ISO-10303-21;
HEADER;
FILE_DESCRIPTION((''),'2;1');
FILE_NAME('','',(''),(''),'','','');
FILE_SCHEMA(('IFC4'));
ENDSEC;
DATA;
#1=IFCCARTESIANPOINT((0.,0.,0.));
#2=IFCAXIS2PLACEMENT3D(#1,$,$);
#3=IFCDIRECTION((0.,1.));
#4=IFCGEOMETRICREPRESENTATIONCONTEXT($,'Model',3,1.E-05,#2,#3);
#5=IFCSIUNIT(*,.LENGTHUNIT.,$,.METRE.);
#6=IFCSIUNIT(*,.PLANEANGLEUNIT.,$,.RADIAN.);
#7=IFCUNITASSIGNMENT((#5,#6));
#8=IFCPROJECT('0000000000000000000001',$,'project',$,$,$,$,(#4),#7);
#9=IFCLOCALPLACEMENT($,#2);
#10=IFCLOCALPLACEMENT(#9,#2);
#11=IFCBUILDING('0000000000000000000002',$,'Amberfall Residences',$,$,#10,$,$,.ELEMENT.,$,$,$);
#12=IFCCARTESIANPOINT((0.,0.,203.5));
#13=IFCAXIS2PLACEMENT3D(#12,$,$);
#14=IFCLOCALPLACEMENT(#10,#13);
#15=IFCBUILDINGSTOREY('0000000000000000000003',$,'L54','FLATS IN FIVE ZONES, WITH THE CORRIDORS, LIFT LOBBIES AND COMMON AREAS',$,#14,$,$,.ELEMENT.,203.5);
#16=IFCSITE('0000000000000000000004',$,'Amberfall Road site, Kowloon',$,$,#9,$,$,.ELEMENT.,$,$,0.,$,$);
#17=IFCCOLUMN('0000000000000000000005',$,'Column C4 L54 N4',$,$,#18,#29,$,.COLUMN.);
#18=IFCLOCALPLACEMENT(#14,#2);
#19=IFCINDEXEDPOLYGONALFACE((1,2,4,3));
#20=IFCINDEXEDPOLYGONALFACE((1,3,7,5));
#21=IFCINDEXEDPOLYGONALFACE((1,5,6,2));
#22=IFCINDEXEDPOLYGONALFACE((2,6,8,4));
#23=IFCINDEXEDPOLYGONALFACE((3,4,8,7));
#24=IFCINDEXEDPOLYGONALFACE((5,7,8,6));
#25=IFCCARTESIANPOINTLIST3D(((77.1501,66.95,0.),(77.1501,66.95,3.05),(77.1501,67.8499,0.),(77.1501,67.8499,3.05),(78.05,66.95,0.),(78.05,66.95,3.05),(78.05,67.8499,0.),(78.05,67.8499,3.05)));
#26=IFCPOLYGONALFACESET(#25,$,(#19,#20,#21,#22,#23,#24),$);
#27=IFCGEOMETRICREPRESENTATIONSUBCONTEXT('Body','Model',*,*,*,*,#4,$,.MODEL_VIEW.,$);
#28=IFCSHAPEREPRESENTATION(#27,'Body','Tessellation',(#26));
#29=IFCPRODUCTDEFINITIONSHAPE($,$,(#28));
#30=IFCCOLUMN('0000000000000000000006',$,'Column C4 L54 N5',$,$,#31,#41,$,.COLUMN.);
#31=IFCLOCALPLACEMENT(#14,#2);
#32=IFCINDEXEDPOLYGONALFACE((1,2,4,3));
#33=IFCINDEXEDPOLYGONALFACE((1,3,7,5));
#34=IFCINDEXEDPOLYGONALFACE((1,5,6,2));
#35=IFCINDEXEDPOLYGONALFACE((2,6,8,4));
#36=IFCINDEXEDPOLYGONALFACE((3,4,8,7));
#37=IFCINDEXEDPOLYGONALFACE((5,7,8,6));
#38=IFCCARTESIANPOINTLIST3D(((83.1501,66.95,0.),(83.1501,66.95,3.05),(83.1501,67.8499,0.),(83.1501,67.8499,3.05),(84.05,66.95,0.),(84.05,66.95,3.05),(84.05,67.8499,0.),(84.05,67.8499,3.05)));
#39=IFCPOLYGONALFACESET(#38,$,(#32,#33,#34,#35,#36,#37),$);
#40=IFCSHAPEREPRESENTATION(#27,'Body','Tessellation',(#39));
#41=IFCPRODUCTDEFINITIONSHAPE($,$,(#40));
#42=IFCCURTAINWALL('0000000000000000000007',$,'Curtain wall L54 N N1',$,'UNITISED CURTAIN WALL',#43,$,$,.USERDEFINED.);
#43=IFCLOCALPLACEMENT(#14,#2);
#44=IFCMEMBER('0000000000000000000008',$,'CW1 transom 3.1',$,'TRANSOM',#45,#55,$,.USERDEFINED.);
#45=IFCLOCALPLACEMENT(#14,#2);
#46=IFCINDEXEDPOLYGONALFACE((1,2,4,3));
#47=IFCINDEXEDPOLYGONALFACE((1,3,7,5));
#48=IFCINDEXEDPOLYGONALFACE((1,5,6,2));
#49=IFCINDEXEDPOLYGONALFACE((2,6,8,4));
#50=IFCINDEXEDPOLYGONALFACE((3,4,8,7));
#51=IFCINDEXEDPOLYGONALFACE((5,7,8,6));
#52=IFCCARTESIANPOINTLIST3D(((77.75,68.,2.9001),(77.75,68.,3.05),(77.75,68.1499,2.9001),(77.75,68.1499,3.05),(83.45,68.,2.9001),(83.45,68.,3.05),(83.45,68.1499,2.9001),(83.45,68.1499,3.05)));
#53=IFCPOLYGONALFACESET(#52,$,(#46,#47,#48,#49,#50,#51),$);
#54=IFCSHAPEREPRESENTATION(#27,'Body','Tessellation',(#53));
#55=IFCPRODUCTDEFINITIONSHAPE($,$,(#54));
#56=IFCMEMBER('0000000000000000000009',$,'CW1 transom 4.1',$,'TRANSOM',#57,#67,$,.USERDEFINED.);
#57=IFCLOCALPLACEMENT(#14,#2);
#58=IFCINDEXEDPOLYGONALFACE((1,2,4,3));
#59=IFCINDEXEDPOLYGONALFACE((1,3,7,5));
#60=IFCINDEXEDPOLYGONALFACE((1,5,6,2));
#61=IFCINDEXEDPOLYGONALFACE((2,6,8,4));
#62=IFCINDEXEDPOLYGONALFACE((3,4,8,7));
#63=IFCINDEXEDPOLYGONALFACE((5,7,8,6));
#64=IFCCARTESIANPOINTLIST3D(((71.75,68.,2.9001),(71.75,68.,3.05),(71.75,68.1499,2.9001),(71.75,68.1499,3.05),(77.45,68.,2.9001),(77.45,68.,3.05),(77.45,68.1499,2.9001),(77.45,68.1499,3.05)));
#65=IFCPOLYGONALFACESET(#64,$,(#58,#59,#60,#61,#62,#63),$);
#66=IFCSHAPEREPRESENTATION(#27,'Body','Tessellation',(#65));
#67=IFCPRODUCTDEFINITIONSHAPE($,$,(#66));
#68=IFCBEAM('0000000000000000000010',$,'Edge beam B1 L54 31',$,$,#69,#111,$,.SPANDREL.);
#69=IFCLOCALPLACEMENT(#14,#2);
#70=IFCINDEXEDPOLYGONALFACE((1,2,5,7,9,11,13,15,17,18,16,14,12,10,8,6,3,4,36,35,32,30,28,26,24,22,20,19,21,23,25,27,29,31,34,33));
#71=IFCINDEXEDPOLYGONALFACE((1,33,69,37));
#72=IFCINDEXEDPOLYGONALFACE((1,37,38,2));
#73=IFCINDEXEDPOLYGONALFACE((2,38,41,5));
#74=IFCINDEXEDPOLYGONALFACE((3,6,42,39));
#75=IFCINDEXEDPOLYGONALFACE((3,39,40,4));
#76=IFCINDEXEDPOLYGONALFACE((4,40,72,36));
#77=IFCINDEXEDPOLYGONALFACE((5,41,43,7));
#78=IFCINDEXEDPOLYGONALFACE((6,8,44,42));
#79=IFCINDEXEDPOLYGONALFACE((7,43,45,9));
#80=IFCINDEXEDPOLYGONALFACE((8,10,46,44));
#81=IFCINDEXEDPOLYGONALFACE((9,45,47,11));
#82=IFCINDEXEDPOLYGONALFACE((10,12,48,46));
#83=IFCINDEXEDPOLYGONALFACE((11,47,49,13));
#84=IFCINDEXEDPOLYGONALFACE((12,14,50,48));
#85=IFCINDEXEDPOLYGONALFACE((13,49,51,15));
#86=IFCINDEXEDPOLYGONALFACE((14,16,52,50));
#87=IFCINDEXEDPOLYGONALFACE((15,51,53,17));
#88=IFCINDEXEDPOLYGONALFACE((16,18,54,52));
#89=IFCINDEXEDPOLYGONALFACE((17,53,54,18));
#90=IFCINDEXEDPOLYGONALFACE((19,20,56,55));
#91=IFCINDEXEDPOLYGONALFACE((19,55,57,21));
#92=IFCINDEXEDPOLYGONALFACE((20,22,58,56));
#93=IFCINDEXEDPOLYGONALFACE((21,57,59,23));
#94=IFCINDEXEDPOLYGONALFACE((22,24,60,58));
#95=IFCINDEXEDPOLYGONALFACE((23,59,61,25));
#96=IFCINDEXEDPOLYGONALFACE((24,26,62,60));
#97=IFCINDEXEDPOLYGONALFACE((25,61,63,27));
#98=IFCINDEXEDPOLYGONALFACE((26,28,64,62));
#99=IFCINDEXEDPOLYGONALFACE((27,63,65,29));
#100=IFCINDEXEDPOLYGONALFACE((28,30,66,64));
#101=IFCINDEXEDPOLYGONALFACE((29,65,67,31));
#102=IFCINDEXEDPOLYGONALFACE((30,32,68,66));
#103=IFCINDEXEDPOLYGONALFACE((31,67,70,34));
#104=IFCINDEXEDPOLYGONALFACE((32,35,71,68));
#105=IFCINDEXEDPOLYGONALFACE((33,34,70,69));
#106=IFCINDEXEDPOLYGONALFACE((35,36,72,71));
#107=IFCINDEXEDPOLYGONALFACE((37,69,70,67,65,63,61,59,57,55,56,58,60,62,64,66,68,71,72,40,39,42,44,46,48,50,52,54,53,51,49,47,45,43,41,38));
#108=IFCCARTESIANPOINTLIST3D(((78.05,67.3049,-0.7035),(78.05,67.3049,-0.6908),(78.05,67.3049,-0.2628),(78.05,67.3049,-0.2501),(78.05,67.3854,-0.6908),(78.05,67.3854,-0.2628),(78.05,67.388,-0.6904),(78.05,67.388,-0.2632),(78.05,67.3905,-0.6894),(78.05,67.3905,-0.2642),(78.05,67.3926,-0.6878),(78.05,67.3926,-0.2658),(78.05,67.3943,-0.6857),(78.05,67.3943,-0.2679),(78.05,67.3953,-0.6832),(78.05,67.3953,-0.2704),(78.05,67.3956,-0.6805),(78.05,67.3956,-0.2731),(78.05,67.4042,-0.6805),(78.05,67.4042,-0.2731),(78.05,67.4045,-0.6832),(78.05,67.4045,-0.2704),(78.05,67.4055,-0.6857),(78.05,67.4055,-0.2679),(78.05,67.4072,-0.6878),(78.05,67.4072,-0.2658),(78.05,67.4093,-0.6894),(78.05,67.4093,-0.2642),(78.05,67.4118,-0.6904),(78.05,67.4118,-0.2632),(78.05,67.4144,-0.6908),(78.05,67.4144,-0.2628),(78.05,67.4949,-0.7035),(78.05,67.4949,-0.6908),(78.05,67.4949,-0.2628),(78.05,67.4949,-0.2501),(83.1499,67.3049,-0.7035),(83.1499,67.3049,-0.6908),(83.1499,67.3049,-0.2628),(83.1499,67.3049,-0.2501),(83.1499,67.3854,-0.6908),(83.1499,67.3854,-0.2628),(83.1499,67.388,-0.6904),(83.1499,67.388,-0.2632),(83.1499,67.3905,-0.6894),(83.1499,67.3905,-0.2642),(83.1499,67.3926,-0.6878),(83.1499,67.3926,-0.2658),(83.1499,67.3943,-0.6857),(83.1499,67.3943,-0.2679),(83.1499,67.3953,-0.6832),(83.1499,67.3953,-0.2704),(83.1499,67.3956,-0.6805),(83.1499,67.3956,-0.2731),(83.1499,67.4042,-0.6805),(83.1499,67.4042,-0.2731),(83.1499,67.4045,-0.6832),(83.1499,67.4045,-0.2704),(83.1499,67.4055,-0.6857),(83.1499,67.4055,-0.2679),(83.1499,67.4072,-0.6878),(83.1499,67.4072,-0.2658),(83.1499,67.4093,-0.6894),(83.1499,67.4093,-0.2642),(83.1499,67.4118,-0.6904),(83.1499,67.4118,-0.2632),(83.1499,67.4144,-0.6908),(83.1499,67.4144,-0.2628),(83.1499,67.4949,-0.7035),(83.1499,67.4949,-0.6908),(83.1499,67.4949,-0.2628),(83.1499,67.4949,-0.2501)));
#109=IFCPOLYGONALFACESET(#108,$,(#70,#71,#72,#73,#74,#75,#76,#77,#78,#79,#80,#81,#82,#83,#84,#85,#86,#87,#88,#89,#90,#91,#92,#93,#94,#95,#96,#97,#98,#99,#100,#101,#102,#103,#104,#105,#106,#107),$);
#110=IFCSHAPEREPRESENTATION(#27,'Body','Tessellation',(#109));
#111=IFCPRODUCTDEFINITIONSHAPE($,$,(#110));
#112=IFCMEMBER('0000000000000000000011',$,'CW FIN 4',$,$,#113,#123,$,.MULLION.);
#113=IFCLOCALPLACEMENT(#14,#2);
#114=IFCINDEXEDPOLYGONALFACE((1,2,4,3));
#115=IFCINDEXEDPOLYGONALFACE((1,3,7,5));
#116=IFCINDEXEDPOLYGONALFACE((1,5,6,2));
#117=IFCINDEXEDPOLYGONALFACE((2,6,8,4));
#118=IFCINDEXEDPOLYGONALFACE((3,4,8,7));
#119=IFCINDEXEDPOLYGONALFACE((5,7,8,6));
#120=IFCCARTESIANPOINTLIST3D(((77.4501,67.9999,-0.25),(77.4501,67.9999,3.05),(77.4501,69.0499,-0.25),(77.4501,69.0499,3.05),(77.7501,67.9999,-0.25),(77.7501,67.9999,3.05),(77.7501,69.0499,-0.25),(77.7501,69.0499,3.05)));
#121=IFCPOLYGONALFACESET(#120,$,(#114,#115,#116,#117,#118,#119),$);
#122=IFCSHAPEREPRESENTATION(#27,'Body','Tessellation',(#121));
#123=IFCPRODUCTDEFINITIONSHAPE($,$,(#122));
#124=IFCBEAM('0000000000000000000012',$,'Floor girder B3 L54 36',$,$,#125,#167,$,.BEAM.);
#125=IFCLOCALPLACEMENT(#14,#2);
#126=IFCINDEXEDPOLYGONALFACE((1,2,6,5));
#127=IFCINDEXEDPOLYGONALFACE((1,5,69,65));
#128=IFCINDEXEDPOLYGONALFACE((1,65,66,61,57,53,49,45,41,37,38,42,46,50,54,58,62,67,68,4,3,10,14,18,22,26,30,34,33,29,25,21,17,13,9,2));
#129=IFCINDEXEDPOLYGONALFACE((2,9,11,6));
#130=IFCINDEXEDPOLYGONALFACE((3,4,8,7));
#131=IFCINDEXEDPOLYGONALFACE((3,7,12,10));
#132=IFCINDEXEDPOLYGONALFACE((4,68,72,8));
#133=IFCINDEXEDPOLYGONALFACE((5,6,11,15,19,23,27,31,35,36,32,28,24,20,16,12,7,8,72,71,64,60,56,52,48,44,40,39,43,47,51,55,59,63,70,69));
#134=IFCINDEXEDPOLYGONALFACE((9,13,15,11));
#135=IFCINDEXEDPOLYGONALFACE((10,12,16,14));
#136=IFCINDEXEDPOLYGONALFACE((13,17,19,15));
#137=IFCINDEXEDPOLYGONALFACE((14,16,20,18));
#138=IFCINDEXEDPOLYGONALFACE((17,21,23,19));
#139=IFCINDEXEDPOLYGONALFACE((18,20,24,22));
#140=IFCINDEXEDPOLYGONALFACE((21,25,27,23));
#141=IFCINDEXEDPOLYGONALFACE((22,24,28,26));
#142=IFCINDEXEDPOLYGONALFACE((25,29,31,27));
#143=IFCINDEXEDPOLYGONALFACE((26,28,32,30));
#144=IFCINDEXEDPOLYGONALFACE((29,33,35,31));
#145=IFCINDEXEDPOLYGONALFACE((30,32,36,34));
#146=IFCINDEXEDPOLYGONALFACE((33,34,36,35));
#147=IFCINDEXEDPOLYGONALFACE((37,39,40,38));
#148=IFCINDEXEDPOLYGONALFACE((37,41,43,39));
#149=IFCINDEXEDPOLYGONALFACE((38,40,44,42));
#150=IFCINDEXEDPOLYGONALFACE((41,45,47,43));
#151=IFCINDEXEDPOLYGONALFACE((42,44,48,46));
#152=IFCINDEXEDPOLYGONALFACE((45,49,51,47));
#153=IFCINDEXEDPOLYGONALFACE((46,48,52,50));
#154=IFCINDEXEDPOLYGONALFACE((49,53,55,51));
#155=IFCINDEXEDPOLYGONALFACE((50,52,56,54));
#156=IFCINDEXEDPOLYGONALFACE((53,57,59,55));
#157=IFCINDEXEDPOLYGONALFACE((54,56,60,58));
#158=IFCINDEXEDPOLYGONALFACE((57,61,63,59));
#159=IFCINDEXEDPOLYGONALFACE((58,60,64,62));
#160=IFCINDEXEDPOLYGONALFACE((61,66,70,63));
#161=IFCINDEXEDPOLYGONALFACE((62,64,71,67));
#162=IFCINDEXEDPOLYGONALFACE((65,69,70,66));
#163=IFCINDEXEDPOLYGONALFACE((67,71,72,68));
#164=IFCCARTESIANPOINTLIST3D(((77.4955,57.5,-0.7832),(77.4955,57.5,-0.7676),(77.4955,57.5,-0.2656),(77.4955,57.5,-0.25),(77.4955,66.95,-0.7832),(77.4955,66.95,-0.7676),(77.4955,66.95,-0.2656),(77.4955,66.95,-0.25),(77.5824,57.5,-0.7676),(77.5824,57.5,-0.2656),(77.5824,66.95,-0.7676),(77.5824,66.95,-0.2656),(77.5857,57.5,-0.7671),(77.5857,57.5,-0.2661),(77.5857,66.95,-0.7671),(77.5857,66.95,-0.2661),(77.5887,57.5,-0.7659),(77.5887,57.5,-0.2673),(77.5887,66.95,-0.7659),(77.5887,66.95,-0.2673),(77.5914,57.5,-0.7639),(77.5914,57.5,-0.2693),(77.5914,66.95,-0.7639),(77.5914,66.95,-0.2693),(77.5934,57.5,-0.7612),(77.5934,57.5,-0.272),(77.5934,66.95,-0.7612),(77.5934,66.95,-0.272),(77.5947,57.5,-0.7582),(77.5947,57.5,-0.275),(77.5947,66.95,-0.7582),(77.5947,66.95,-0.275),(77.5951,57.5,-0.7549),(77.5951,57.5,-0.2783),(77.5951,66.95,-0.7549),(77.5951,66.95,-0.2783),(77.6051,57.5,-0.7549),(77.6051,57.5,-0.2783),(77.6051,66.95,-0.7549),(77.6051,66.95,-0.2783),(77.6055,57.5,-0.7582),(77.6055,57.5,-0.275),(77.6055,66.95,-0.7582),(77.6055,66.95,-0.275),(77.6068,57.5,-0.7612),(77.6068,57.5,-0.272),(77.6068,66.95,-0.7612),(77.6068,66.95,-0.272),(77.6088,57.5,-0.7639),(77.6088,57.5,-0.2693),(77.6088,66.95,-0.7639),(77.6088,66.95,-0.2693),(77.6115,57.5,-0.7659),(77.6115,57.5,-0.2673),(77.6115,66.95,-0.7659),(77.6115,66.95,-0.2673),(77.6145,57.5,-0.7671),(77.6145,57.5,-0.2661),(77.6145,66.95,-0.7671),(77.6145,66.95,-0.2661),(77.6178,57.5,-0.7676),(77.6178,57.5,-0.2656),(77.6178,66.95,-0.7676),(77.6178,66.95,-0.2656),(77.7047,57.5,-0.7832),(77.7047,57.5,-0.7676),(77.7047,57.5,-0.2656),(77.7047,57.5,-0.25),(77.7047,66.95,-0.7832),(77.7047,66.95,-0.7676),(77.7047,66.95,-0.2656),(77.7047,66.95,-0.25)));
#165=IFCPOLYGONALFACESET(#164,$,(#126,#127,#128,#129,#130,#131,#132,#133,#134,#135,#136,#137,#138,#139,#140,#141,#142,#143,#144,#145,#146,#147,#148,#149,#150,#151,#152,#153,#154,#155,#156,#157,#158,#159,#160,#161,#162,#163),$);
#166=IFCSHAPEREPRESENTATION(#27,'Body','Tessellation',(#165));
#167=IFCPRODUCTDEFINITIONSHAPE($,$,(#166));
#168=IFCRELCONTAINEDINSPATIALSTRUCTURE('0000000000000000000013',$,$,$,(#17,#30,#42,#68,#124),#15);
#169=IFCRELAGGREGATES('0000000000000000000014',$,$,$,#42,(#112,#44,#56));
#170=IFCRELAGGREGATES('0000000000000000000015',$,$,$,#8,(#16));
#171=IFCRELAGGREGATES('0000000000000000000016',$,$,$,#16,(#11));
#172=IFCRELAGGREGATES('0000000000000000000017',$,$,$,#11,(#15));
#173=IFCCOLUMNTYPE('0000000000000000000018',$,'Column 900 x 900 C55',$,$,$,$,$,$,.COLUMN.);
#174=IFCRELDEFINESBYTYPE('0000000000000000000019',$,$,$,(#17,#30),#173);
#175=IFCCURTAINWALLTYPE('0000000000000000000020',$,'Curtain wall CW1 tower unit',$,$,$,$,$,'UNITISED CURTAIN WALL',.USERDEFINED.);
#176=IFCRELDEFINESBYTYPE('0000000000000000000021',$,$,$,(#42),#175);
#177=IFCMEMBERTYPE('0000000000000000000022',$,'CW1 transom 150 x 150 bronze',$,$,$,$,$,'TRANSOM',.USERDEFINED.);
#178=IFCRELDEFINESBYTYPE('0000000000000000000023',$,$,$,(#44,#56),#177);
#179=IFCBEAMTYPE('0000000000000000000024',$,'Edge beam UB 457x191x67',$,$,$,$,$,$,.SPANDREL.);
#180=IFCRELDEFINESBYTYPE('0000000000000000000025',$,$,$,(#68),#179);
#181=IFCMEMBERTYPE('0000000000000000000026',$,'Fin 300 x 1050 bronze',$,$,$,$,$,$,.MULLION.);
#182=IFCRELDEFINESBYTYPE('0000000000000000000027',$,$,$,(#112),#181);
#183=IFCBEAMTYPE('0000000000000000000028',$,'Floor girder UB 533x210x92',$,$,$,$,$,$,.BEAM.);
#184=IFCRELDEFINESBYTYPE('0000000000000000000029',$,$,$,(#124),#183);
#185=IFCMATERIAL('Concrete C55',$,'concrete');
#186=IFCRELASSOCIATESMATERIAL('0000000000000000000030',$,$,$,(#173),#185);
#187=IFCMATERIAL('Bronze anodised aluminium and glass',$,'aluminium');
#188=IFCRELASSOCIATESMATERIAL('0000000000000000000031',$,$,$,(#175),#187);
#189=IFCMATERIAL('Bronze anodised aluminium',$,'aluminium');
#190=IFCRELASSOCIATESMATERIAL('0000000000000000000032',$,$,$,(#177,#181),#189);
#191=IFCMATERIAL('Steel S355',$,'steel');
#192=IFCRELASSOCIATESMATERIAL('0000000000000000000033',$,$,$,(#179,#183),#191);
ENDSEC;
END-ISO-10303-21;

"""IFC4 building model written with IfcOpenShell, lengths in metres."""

from ifc_helpers import new_model, si_unit, direction, frame, origin, origin_2d, place, context, subcontext, project, spatial, rectangle, i_section, extrude, material, material_profile, profile_set, type_object, element, aggregate, save


model = new_model("IFC4")

# Units and contexts
model_context = context("Model", 3, precision=1e-05, world=origin(), true_north=direction((0.0, 1.0)))
body_context = subcontext(model_context, "Body", "Model", "MODEL_VIEW")
ifc_project = project(units=[si_unit("LENGTHUNIT", "METRE"), si_unit("PLANEANGLEUNIT", "RADIAN")], contexts=[model_context])

# Site, building, storey
site_placement = place(None, origin())
site = spatial("IfcSite", under=ifc_project, at=site_placement, Name="Amberfall Road site, Kowloon", CompositionType="ELEMENT", RefElevation=0.0)
building_placement = place(site_placement, origin())
building = spatial("IfcBuilding", under=site, at=building_placement, Name="Amberfall Residences", CompositionType="ELEMENT")
storey_placement = place(building_placement, frame((0.0, 0.0, 203.5)))
storey = spatial("IfcBuildingStorey", under=building, at=storey_placement, Name="L54", Description="FLATS IN FIVE ZONES, WITH THE CORRIDORS, LIFT LOBBIES AND COMMON AREAS", CompositionType="ELEMENT", Elevation=203.5)

# Columns
ifc_material_1 = material(Name="Concrete C55", Category="concrete")
ifc_material_profile_1 = material_profile(ifc_material_1, rectangle(XDim=0.8999, YDim=0.8999, at=origin_2d()), Name="Column 900 x 900 C55")
ifc_profile_set_1 = profile_set([ifc_material_profile_1], Name="Concrete C55")
column_type = type_object("IfcColumnType", Name="Column 900 x 900 C55", PredefinedType="COLUMN", material=ifc_profile_set_1)
for number, where, z_axis, x_axis, name in (
    (1, (77.6001, 67.3999, 0.0), (0.0, 0.0, 1.0), (1.0, 0.0, 0.0), "Column C4 L54 N4"),
    (2, (83.6001, 67.3999, 0.0), (0.0, 0.0, 1.0), (1.0, 0.0, 0.0), "Column C4 L54 N5"),
):
    element("IfcColumn", number, at=place(storey_placement, frame(where, z_axis=z_axis, x_axis=x_axis)), inside=storey, type_object=column_type, Name=name, PredefinedType="COLUMN", context=body_context, shape_type="SweptSolid", body=[
        extrude(rectangle(XDim=0.8999, YDim=0.8999, at=origin_2d()), origin(), (0.0, 0.0, 1.0), 3.05),
    ])

# Curtain wall, members
ifc_material_2 = material(Name="Bronze anodised aluminium and glass", Category="aluminium")
curtain_wall_type = type_object("IfcCurtainWallType", Name="Curtain wall CW1 tower unit", ElementType="UNITISED CURTAIN WALL", PredefinedType="USERDEFINED", material=ifc_material_2)
curtain_wall_placement = place(storey_placement, origin())
curtain_wall = element("IfcCurtainWall", 3, at=curtain_wall_placement, inside=storey, type_object=curtain_wall_type, Name="Curtain wall L54 N N1", ObjectType="UNITISED CURTAIN WALL", PredefinedType="USERDEFINED")
ifc_material_3 = material(Name="Bronze anodised aluminium", Category="aluminium")
ifc_material_profile_2 = material_profile(ifc_material_3, rectangle(XDim=0.1499, YDim=0.1499, at=origin_2d()), Name="CW1 transom 150 x 150 bronze")
ifc_profile_set_2 = profile_set([ifc_material_profile_2], Name="Bronze anodised aluminium")
member_type_1 = type_object("IfcMemberType", Name="CW1 transom 150 x 150 bronze", ElementType="TRANSOM", PredefinedType="USERDEFINED", material=ifc_profile_set_2)
member_1_placement = place(storey_placement, frame((83.45, 68.075, 2.9751), z_axis=(-1.0, 0.0, 0.0), x_axis=(0.0, -1.0, 0.0)))
member_1 = element("IfcMember", 4, at=member_1_placement, type_object=member_type_1, Name="CW1 transom 3.1", ObjectType="TRANSOM", PredefinedType="USERDEFINED", context=body_context, shape_type="SweptSolid", body=[
    extrude(rectangle(XDim=0.1499, YDim=0.1499, at=origin_2d()), origin(), (0.0, 0.0, 1.0), 5.7),
])
member_2_placement = place(storey_placement, frame((77.45, 68.075, 2.9751), z_axis=(-1.0, 0.0, 0.0), x_axis=(0.0, -1.0, 0.0)))
member_2 = element("IfcMember", 5, at=member_2_placement, type_object=member_type_1, Name="CW1 transom 4.1", ObjectType="TRANSOM", PredefinedType="USERDEFINED", context=body_context, shape_type="SweptSolid", body=[
    extrude(rectangle(XDim=0.1499, YDim=0.1499, at=origin_2d()), origin(), (0.0, 0.0, 1.0), 5.7),
])

# Beam
ifc_material_4 = material(Name="Steel S355", Category="steel")
ifc_material_profile_3 = material_profile(ifc_material_4, i_section(OverallWidth=0.1899, OverallDepth=0.4534, WebThickness=0.0085, FlangeThickness=0.0127, FilletRadius=0.0103, at=origin_2d()), Name="UB 457x191x67")
ifc_profile_set_3 = profile_set([ifc_material_profile_3], Name="Steel S355")
beam_type_1 = type_object("IfcBeamType", Name="Edge beam UB 457x191x67", PredefinedType="SPANDREL", material=ifc_profile_set_3)
beam_placement = place(storey_placement, frame((78.05, 67.3999, -0.4768), z_axis=(1.0, 0.0, 0.0), x_axis=(0.0, 1.0, 0.0)))
element("IfcBeam", 6, at=beam_placement, inside=storey, type_object=beam_type_1, Name="Edge beam B1 L54 31", PredefinedType="SPANDREL", context=body_context, shape_type="SweptSolid", body=[
    extrude(i_section(OverallWidth=0.1899, OverallDepth=0.4534, WebThickness=0.0085, FlangeThickness=0.0127, FilletRadius=0.0103, at=origin_2d()), origin(), (0.0, 0.0, 1.0), 5.0999),
])

# Member
ifc_material_profile_4 = material_profile(ifc_material_3, rectangle(XDim=1.05, YDim=0.3, at=origin_2d()), Name="Fin 300 x 1050 bronze")
ifc_profile_set_4 = profile_set([ifc_material_profile_4], Name="Bronze anodised aluminium")
member_type_2 = type_object("IfcMemberType", Name="Fin 300 x 1050 bronze", PredefinedType="MULLION", material=ifc_profile_set_4)
member_3_placement = place(storey_placement, frame((77.6001, 68.5249, -0.25), z_axis=(0.0, 0.0, 1.0), x_axis=(0.0, -1.0, 0.0)))
member_3 = element("IfcMember", 7, at=member_3_placement, type_object=member_type_2, Name="CW FIN 4", PredefinedType="MULLION", context=body_context, shape_type="SweptSolid", body=[
    extrude(rectangle(XDim=1.05, YDim=0.3, at=origin_2d()), origin(), (0.0, 0.0, 1.0), 3.3),
])

# Beam
ifc_material_profile_5 = material_profile(ifc_material_4, i_section(OverallWidth=0.2092, OverallDepth=0.5332, WebThickness=0.01, FlangeThickness=0.0156, FilletRadius=0.0127, at=origin_2d()), Name="UB 533x210x92")
ifc_profile_set_5 = profile_set([ifc_material_profile_5], Name="Steel S355")
beam_type_2 = type_object("IfcBeamType", Name="Floor girder UB 533x210x92", PredefinedType="BEAM", material=ifc_profile_set_5)
for number, where, z_axis, x_axis, name in (
    (8, (77.6001, 66.95, -0.5166), (0.0, -1.0, 0.0), (1.0, 0.0, 0.0), "Floor girder B3 L54 36"),
):
    element("IfcBeam", number, at=place(storey_placement, frame(where, z_axis=z_axis, x_axis=x_axis)), inside=storey, type_object=beam_type_2, Name=name, PredefinedType="BEAM", context=body_context, shape_type="SweptSolid", body=[
        extrude(i_section(OverallWidth=0.2092, OverallDepth=0.5332, WebThickness=0.01, FlangeThickness=0.0156, FilletRadius=0.0127, at=origin_2d()), origin(), (0.0, 0.0, 1.0), 9.45),
    ])

aggregate(curtain_wall, [member_3, member_1, member_2])

save(model, "model.ifc")
